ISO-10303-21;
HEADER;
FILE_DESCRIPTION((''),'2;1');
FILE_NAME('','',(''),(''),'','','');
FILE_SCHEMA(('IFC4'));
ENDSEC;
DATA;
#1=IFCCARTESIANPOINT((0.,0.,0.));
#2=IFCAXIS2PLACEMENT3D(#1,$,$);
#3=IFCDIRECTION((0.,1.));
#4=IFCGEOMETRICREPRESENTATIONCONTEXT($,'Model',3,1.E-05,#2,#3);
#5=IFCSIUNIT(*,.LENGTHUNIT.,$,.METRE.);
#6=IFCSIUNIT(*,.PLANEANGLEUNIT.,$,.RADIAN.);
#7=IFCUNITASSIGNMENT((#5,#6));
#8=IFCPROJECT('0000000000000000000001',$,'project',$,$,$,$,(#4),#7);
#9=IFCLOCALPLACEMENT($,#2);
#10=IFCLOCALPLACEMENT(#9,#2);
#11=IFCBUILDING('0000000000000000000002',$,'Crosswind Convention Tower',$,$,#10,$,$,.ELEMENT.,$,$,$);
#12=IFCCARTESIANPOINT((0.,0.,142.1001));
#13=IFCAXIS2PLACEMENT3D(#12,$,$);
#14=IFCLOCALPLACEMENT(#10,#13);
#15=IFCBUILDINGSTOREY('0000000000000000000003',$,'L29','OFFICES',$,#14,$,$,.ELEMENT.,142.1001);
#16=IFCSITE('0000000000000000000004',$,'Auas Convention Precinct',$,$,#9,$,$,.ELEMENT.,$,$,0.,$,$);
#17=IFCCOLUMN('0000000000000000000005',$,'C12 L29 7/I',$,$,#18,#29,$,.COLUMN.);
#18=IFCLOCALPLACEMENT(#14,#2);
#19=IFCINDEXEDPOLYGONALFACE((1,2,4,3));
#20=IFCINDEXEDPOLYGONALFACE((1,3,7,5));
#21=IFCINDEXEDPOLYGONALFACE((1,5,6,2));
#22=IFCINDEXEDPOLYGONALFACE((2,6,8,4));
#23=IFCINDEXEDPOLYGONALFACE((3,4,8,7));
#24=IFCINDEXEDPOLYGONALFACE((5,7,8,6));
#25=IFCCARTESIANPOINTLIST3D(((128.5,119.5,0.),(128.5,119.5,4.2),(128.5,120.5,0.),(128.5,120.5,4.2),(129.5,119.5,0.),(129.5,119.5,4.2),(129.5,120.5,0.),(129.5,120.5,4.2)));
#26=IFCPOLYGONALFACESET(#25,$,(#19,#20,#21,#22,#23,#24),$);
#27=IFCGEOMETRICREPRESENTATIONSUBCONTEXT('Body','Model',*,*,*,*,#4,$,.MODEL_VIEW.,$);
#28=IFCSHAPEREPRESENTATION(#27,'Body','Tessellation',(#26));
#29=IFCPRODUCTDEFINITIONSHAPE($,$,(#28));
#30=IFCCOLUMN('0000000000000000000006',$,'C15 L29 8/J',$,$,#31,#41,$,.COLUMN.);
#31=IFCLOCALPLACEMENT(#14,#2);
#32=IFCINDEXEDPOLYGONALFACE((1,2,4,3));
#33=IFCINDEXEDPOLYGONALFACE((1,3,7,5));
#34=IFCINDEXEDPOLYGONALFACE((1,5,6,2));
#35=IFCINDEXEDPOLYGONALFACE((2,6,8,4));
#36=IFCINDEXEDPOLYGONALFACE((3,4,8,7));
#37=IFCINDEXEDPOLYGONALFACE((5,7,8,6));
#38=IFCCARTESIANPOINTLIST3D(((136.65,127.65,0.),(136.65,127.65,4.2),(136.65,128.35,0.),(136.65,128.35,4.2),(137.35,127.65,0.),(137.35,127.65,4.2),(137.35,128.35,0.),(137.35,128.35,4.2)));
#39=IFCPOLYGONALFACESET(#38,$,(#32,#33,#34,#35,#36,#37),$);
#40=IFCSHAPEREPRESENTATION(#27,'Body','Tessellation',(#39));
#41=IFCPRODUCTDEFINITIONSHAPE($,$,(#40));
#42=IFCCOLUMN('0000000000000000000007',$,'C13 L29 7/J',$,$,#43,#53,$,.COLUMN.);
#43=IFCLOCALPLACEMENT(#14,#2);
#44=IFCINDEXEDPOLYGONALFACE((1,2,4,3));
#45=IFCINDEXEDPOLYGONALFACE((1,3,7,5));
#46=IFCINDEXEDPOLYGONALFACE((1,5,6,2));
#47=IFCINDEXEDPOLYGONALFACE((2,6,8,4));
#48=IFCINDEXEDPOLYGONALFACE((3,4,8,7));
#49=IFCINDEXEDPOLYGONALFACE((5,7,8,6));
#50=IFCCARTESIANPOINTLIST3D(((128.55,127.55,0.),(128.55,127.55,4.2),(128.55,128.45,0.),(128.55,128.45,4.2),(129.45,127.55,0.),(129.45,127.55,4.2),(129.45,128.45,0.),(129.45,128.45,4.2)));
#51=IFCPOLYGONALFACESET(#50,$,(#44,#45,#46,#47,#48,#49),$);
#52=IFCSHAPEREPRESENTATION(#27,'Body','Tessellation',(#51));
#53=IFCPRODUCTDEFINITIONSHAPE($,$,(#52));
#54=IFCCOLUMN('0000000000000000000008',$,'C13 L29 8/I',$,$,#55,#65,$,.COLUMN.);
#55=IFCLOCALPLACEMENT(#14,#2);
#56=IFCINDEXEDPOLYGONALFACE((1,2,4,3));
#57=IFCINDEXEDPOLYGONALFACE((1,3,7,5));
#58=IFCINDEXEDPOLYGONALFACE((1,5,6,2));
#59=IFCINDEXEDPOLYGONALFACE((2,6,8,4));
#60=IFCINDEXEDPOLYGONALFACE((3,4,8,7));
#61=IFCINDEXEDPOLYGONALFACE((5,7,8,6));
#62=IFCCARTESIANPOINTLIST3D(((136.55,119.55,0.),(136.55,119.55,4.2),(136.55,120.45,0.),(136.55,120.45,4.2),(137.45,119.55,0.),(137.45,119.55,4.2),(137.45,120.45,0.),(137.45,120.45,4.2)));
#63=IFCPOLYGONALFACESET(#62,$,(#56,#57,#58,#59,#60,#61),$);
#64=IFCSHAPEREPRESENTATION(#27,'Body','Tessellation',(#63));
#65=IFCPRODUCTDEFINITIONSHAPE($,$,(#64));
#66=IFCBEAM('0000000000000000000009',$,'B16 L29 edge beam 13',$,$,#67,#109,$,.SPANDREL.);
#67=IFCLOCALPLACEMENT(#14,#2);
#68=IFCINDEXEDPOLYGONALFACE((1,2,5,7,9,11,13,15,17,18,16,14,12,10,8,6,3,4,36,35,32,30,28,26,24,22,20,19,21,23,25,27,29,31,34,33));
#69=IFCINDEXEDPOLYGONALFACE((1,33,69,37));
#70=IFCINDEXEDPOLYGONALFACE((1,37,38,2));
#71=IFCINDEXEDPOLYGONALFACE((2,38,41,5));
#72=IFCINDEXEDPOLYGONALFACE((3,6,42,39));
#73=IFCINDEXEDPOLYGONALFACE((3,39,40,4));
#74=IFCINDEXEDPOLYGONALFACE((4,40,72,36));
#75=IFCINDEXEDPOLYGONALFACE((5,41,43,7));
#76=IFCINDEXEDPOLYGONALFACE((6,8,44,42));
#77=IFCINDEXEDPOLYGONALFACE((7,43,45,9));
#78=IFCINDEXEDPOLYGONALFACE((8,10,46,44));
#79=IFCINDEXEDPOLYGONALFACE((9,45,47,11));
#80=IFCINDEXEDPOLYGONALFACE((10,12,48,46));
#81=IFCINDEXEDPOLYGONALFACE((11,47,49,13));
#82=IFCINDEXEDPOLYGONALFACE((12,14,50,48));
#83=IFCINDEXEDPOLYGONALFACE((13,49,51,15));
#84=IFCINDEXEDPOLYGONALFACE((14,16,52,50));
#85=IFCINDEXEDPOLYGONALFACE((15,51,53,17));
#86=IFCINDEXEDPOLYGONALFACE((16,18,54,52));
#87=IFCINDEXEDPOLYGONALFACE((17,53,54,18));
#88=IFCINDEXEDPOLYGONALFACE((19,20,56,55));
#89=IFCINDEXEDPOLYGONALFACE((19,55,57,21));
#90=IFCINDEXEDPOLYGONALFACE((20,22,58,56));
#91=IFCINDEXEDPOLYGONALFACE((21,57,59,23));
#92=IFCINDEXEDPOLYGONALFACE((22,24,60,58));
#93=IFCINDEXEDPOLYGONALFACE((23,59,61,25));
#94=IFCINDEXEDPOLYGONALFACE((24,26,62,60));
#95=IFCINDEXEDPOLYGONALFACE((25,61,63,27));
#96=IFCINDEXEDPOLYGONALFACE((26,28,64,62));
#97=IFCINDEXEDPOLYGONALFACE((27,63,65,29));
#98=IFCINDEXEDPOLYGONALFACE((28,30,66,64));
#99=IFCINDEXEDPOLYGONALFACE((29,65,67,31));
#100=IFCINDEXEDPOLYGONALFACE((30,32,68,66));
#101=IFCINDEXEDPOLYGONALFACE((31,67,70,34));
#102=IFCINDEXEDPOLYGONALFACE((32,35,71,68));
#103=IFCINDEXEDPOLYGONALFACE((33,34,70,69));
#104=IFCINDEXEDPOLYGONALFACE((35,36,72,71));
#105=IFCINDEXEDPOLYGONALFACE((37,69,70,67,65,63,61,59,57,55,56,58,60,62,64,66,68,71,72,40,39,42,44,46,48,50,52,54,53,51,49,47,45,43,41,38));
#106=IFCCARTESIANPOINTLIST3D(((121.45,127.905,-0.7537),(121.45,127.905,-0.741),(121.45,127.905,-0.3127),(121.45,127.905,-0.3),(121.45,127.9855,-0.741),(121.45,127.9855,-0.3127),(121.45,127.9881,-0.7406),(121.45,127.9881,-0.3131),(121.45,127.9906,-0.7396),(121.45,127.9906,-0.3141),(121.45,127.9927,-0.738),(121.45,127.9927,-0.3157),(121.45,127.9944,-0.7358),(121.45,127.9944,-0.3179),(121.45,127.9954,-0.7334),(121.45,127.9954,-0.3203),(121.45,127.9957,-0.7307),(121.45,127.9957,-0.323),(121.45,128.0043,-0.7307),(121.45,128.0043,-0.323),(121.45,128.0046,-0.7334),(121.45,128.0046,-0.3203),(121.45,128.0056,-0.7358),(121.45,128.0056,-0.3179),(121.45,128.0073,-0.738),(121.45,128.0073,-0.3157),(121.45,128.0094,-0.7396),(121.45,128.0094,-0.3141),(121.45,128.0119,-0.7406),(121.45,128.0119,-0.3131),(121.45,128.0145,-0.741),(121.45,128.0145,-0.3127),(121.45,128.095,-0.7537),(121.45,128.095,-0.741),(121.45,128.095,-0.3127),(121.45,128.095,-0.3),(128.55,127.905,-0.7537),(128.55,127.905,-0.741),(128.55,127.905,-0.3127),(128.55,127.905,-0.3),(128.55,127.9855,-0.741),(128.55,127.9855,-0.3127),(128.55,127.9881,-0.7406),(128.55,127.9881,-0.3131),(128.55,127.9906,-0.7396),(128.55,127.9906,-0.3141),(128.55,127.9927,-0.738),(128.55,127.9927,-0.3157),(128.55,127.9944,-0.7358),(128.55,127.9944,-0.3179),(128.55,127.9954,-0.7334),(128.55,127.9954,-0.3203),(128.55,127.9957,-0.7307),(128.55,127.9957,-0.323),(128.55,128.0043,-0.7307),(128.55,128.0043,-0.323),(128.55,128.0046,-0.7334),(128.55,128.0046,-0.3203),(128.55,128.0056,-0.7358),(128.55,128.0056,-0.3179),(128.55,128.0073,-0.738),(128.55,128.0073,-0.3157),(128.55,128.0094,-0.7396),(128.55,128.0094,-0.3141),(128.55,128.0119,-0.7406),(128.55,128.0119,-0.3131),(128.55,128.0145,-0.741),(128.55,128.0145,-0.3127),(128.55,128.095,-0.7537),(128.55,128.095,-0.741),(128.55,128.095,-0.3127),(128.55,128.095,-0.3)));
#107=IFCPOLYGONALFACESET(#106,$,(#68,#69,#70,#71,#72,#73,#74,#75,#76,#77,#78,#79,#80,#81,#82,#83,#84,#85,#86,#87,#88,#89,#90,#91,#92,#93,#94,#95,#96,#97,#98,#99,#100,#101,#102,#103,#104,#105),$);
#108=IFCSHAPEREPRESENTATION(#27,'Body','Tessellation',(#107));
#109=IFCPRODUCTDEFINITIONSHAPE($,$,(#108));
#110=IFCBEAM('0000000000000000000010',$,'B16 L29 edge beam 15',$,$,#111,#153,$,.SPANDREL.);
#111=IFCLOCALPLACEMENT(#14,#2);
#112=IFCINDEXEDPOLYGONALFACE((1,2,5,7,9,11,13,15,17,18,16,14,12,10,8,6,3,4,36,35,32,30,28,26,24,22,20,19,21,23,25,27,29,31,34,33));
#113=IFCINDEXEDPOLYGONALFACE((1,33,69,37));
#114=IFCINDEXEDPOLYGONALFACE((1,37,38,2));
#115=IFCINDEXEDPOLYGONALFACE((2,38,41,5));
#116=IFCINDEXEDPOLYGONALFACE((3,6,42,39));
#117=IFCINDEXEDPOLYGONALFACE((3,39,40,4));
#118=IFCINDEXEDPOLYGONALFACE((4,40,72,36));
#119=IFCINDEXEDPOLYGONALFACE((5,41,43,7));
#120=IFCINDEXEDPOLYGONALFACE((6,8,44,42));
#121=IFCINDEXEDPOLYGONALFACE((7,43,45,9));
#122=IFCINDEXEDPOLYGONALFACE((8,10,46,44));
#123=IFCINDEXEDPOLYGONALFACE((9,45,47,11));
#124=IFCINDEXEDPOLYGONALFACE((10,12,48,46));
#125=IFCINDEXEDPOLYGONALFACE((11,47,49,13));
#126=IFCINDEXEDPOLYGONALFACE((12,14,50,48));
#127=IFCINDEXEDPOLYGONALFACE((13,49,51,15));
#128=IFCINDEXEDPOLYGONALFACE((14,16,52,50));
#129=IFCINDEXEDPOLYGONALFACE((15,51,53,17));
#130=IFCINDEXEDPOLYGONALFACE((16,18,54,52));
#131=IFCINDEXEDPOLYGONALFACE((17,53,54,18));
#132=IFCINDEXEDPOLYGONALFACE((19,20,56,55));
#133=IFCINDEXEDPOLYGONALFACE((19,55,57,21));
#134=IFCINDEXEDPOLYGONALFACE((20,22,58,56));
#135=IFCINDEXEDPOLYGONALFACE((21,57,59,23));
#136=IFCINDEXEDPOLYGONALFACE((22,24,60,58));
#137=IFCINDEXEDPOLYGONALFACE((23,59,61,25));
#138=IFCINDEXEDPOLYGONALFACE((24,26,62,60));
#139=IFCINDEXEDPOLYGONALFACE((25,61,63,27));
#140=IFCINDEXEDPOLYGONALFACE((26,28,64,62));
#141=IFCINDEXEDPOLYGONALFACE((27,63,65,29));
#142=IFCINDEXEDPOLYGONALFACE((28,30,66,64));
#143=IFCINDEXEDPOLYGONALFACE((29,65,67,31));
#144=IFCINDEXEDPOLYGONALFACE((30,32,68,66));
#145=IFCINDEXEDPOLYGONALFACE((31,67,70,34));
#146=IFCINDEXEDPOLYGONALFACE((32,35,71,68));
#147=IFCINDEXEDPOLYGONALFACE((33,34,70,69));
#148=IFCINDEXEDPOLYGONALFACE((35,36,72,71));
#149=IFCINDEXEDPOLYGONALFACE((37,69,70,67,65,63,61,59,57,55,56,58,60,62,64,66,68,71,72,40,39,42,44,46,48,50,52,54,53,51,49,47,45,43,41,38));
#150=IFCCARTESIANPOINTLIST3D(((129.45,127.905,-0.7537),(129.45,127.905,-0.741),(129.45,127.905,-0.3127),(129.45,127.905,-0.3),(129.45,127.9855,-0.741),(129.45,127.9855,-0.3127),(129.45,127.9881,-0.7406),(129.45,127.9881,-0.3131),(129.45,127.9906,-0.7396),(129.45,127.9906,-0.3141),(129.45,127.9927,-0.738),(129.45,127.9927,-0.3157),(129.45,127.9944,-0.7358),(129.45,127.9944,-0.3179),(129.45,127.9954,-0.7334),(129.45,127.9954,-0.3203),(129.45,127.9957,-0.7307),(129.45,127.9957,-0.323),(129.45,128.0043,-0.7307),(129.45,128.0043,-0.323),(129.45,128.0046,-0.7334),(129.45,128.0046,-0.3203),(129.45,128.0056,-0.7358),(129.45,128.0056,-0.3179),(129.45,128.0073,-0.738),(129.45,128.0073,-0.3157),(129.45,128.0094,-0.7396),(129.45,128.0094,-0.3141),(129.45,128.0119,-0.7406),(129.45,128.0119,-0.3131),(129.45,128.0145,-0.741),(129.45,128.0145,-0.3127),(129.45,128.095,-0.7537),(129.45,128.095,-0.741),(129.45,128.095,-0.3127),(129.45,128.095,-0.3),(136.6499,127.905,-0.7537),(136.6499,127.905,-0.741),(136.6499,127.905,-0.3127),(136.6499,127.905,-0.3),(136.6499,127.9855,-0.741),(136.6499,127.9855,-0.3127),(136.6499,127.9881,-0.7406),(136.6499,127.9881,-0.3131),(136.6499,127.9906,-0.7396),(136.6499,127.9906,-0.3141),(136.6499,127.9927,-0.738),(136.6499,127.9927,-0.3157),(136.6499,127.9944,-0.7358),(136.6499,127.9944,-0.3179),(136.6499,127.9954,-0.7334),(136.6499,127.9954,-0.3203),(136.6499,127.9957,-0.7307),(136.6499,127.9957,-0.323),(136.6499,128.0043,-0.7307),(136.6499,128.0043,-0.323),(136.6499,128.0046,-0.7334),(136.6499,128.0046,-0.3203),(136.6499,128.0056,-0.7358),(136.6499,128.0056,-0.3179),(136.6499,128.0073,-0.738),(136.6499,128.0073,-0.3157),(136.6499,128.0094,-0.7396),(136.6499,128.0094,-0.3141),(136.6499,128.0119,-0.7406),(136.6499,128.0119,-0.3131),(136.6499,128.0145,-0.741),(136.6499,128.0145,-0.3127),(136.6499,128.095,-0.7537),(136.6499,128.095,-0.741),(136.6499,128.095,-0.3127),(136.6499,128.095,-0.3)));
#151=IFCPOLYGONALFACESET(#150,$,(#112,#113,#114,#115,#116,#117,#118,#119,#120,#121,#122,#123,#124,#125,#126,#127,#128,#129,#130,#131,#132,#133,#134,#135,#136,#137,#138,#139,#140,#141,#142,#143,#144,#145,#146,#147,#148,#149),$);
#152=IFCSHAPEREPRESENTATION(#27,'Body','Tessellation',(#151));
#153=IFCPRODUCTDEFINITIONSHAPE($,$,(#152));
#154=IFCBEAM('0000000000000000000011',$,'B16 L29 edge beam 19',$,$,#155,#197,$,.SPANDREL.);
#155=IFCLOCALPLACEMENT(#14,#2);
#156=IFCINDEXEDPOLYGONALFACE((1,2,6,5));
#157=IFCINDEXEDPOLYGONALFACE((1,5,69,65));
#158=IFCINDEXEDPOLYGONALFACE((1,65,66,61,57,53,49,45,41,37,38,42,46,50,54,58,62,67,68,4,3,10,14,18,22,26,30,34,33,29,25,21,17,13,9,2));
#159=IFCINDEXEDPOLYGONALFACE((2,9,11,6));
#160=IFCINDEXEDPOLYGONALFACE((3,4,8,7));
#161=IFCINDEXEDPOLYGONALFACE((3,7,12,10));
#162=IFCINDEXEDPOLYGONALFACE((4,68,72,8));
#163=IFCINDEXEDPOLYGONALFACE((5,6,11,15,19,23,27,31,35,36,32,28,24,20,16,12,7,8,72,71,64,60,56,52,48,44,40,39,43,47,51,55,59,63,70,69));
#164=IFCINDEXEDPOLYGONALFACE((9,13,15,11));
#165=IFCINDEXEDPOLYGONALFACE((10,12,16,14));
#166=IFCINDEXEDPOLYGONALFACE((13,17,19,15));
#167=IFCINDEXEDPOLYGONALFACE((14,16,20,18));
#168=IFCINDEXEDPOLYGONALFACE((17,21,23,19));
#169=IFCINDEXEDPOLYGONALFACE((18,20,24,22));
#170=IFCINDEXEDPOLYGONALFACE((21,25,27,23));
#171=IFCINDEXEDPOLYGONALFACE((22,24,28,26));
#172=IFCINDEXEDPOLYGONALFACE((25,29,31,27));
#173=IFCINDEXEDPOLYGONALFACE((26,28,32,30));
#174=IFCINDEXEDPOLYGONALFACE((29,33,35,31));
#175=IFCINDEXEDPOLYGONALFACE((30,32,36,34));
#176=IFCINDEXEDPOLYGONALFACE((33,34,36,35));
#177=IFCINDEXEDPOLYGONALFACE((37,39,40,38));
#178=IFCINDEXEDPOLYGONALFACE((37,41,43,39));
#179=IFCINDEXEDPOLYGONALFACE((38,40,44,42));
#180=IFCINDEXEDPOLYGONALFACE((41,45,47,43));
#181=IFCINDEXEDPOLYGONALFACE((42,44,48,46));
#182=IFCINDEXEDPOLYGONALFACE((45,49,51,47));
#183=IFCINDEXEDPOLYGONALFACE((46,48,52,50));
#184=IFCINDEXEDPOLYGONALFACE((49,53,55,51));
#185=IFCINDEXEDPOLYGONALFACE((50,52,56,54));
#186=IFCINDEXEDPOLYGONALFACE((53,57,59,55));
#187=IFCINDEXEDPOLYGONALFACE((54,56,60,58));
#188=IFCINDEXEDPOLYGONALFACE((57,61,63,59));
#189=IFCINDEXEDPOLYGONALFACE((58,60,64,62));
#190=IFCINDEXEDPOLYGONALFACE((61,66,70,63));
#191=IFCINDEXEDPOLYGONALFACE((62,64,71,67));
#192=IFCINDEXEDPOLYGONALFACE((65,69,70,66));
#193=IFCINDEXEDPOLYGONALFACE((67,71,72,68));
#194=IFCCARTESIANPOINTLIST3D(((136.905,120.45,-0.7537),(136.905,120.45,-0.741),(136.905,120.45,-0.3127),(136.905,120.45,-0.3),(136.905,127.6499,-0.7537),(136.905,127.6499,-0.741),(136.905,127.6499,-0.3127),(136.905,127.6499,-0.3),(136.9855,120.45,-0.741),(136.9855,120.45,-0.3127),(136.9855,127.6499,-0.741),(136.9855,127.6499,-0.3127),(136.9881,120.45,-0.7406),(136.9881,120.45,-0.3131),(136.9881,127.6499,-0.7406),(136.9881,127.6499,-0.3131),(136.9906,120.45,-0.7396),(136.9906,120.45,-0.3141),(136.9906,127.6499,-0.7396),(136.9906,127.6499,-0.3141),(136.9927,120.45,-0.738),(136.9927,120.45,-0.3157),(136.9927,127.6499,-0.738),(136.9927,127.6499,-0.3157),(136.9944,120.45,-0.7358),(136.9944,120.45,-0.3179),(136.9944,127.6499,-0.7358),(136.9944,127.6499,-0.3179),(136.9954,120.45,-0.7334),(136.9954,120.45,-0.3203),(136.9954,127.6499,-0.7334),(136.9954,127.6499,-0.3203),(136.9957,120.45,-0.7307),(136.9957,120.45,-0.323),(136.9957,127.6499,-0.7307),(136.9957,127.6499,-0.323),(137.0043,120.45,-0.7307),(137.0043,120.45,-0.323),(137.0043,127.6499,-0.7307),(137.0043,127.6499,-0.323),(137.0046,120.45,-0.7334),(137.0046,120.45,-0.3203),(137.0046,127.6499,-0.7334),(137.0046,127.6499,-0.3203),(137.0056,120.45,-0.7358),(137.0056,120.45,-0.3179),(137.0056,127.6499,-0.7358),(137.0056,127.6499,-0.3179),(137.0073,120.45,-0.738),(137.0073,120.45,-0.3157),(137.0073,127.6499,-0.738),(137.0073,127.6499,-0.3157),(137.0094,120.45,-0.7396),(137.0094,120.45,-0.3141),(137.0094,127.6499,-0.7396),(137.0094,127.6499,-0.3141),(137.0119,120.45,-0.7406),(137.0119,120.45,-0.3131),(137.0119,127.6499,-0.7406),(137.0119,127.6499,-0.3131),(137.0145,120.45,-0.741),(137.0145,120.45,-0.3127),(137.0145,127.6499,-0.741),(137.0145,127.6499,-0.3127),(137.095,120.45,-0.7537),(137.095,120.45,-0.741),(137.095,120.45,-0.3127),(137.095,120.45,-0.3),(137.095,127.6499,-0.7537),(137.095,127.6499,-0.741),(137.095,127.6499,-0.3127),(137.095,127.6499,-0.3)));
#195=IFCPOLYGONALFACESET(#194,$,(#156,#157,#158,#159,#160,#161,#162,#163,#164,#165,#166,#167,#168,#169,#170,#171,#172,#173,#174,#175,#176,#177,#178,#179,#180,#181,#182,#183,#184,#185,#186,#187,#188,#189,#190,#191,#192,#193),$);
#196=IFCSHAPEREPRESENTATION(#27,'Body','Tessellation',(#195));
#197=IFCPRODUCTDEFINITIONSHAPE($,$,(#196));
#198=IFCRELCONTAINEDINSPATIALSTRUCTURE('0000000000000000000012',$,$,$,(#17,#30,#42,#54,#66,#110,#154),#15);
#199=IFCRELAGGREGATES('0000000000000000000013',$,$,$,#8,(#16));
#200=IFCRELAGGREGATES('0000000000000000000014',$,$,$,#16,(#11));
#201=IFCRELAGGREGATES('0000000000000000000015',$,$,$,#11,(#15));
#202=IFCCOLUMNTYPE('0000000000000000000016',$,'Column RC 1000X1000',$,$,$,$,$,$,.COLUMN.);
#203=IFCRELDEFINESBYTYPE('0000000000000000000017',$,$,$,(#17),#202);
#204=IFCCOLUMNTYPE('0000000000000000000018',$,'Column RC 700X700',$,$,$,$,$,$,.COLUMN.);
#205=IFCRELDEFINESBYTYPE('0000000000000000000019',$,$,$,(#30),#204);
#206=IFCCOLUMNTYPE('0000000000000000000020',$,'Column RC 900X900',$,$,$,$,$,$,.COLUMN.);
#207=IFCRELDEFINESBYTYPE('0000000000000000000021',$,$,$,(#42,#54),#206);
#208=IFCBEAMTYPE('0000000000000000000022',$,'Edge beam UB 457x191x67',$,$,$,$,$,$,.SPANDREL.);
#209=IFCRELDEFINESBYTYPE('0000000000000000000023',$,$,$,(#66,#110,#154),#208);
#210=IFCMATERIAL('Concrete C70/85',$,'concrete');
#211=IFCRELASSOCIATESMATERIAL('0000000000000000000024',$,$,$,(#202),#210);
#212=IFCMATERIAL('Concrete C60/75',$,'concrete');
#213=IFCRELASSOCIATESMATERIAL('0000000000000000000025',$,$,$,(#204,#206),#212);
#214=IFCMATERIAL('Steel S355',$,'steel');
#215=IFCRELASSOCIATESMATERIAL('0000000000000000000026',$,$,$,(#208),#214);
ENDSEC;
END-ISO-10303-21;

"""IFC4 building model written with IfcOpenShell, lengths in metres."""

from ifc_helpers import new_model, si_unit, direction, frame, origin, origin_2d, place, context, subcontext, project, spatial, rectangle, i_section, extrude, material, material_profile, profile_set, type_object, element, save


model = new_model("IFC4")

# Units and contexts
model_context = context("Model", 3, precision=1e-05, world=origin(), true_north=direction((0.0, 1.0)))
body_context = subcontext(model_context, "Body", "Model", "MODEL_VIEW")
ifc_project = project(units=[si_unit("LENGTHUNIT", "METRE"), si_unit("PLANEANGLEUNIT", "RADIAN")], contexts=[model_context])

# Site, building, storey
site_placement = place(None, origin())
site = spatial("IfcSite", under=ifc_project, at=site_placement, Name="Auas Convention Precinct", CompositionType="ELEMENT", RefElevation=0.0)
building_placement = place(site_placement, origin())
building = spatial("IfcBuilding", under=site, at=building_placement, Name="Crosswind Convention Tower", CompositionType="ELEMENT")
storey_placement = place(building_placement, frame((0.0, 0.0, 142.1001)))
storey = spatial("IfcBuildingStorey", under=building, at=storey_placement, Name="L29", Description="OFFICES", CompositionType="ELEMENT", Elevation=142.1001)

# Columns
ifc_material_1 = material(Name="Concrete C70/85", Category="concrete")
ifc_material_profile_1 = material_profile(ifc_material_1, rectangle(XDim=1.0, YDim=1.0, at=origin_2d()), Name="RC 1000X1000")
ifc_profile_set_1 = profile_set([ifc_material_profile_1], Name="Concrete C70/85")
column_type_1 = type_object("IfcColumnType", Name="Column RC 1000X1000", PredefinedType="COLUMN", material=ifc_profile_set_1)
column_1_placement = place(storey_placement, frame((129.0, 120.0, 0.0), z_axis=(0.0, 0.0, 1.0), x_axis=(1.0, 0.0, 0.0)))
element("IfcColumn", 1, at=column_1_placement, inside=storey, type_object=column_type_1, Name="C12 L29 7/I", PredefinedType="COLUMN", context=body_context, shape_type="SweptSolid", body=[
    extrude(rectangle(XDim=1.0, YDim=1.0, at=origin_2d()), origin(), (0.0, 0.0, 1.0), 4.2),
])
ifc_material_2 = material(Name="Concrete C60/75", Category="concrete")
ifc_material_profile_2 = material_profile(ifc_material_2, rectangle(XDim=0.7, YDim=0.7, at=origin_2d()), Name="RC 700X700")
ifc_profile_set_2 = profile_set([ifc_material_profile_2], Name="Concrete C60/75")
column_type_2 = type_object("IfcColumnType", Name="Column RC 700X700", PredefinedType="COLUMN", material=ifc_profile_set_2)
column_2_placement = place(storey_placement, frame((137.0, 128.0, 0.0), z_axis=(0.0, 0.0, 1.0), x_axis=(1.0, 0.0, 0.0)))
element("IfcColumn", 2, at=column_2_placement, inside=storey, type_object=column_type_2, Name="C15 L29 8/J", PredefinedType="COLUMN", context=body_context, shape_type="SweptSolid", body=[
    extrude(rectangle(XDim=0.7, YDim=0.7, at=origin_2d()), origin(), (0.0, 0.0, 1.0), 4.2),
])
ifc_material_profile_3 = material_profile(ifc_material_2, rectangle(XDim=0.8999, YDim=0.8999, at=origin_2d()), Name="RC 900X900")
ifc_profile_set_3 = profile_set([ifc_material_profile_3], Name="Concrete C60/75")
column_type_3 = type_object("IfcColumnType", Name="Column RC 900X900", PredefinedType="COLUMN", material=ifc_profile_set_3)
for number, where, z_axis, x_axis, name in (
    (3, (129.0, 128.0, 0.0), (0.0, 0.0, 1.0), (1.0, 0.0, 0.0), "C13 L29 7/J"),
    (4, (137.0, 120.0, 0.0), (0.0, 0.0, 1.0), (1.0, 0.0, 0.0), "C13 L29 8/I"),
):
    element("IfcColumn", number, at=place(storey_placement, frame(where, z_axis=z_axis, x_axis=x_axis)), inside=storey, type_object=column_type_3, Name=name, PredefinedType="COLUMN", context=body_context, shape_type="SweptSolid", body=[
        extrude(rectangle(XDim=0.8999, YDim=0.8999, at=origin_2d()), origin(), (0.0, 0.0, 1.0), 4.2),
    ])

# Beams
ifc_material_3 = material(Name="Steel S355", Category="steel")
ifc_material_profile_4 = material_profile(ifc_material_3, i_section(OverallWidth=0.1899, OverallDepth=0.4536, WebThickness=0.0085, FlangeThickness=0.0127, FilletRadius=0.0103, at=origin_2d()), Name="UB 457x191x67")
ifc_profile_set_4 = profile_set([ifc_material_profile_4], Name="Steel S355")
beam_type_1 = type_object("IfcBeamType", Name="Edge beam UB 457x191x67", PredefinedType="SPANDREL", material=ifc_profile_set_4)
beam_placement = place(storey_placement, frame((121.45, 128.0, -0.5269), z_axis=(1.0, 0.0, 0.0), x_axis=(0.0, 1.0, 0.0)))
element("IfcBeam", 5, at=beam_placement, inside=storey, type_object=beam_type_1, Name="B16 L29 edge beam 13", PredefinedType="SPANDREL", context=body_context, shape_type="SweptSolid", body=[
    extrude(i_section(OverallWidth=0.1899, OverallDepth=0.4536, WebThickness=0.0085, FlangeThickness=0.0127, FilletRadius=0.0103, at=origin_2d()), origin(), (0.0, 0.0, 1.0), 7.1001),
])
for number, where, z_axis, x_axis, name in (
    (6, (129.45, 128.0, -0.5269), (1.0, 0.0, 0.0), (0.0, 1.0, 0.0), "B16 L29 edge beam 15"),
    (7, (137.0, 120.45, -0.5269), (0.0, 1.0, 0.0), (-1.0, 0.0, 0.0), "B16 L29 edge beam 19"),
):
    element("IfcBeam", number, at=place(storey_placement, frame(where, z_axis=z_axis, x_axis=x_axis)), inside=storey, type_object=beam_type_1, Name=name, PredefinedType="SPANDREL", context=body_context, shape_type="SweptSolid", body=[
        extrude(i_section(OverallWidth=0.1899, OverallDepth=0.4536, WebThickness=0.0085, FlangeThickness=0.0127, FilletRadius=0.0103, at=origin_2d()), origin(), (0.0, 0.0, 1.0), 7.2),
    ])

save(model, "model.ifc")
